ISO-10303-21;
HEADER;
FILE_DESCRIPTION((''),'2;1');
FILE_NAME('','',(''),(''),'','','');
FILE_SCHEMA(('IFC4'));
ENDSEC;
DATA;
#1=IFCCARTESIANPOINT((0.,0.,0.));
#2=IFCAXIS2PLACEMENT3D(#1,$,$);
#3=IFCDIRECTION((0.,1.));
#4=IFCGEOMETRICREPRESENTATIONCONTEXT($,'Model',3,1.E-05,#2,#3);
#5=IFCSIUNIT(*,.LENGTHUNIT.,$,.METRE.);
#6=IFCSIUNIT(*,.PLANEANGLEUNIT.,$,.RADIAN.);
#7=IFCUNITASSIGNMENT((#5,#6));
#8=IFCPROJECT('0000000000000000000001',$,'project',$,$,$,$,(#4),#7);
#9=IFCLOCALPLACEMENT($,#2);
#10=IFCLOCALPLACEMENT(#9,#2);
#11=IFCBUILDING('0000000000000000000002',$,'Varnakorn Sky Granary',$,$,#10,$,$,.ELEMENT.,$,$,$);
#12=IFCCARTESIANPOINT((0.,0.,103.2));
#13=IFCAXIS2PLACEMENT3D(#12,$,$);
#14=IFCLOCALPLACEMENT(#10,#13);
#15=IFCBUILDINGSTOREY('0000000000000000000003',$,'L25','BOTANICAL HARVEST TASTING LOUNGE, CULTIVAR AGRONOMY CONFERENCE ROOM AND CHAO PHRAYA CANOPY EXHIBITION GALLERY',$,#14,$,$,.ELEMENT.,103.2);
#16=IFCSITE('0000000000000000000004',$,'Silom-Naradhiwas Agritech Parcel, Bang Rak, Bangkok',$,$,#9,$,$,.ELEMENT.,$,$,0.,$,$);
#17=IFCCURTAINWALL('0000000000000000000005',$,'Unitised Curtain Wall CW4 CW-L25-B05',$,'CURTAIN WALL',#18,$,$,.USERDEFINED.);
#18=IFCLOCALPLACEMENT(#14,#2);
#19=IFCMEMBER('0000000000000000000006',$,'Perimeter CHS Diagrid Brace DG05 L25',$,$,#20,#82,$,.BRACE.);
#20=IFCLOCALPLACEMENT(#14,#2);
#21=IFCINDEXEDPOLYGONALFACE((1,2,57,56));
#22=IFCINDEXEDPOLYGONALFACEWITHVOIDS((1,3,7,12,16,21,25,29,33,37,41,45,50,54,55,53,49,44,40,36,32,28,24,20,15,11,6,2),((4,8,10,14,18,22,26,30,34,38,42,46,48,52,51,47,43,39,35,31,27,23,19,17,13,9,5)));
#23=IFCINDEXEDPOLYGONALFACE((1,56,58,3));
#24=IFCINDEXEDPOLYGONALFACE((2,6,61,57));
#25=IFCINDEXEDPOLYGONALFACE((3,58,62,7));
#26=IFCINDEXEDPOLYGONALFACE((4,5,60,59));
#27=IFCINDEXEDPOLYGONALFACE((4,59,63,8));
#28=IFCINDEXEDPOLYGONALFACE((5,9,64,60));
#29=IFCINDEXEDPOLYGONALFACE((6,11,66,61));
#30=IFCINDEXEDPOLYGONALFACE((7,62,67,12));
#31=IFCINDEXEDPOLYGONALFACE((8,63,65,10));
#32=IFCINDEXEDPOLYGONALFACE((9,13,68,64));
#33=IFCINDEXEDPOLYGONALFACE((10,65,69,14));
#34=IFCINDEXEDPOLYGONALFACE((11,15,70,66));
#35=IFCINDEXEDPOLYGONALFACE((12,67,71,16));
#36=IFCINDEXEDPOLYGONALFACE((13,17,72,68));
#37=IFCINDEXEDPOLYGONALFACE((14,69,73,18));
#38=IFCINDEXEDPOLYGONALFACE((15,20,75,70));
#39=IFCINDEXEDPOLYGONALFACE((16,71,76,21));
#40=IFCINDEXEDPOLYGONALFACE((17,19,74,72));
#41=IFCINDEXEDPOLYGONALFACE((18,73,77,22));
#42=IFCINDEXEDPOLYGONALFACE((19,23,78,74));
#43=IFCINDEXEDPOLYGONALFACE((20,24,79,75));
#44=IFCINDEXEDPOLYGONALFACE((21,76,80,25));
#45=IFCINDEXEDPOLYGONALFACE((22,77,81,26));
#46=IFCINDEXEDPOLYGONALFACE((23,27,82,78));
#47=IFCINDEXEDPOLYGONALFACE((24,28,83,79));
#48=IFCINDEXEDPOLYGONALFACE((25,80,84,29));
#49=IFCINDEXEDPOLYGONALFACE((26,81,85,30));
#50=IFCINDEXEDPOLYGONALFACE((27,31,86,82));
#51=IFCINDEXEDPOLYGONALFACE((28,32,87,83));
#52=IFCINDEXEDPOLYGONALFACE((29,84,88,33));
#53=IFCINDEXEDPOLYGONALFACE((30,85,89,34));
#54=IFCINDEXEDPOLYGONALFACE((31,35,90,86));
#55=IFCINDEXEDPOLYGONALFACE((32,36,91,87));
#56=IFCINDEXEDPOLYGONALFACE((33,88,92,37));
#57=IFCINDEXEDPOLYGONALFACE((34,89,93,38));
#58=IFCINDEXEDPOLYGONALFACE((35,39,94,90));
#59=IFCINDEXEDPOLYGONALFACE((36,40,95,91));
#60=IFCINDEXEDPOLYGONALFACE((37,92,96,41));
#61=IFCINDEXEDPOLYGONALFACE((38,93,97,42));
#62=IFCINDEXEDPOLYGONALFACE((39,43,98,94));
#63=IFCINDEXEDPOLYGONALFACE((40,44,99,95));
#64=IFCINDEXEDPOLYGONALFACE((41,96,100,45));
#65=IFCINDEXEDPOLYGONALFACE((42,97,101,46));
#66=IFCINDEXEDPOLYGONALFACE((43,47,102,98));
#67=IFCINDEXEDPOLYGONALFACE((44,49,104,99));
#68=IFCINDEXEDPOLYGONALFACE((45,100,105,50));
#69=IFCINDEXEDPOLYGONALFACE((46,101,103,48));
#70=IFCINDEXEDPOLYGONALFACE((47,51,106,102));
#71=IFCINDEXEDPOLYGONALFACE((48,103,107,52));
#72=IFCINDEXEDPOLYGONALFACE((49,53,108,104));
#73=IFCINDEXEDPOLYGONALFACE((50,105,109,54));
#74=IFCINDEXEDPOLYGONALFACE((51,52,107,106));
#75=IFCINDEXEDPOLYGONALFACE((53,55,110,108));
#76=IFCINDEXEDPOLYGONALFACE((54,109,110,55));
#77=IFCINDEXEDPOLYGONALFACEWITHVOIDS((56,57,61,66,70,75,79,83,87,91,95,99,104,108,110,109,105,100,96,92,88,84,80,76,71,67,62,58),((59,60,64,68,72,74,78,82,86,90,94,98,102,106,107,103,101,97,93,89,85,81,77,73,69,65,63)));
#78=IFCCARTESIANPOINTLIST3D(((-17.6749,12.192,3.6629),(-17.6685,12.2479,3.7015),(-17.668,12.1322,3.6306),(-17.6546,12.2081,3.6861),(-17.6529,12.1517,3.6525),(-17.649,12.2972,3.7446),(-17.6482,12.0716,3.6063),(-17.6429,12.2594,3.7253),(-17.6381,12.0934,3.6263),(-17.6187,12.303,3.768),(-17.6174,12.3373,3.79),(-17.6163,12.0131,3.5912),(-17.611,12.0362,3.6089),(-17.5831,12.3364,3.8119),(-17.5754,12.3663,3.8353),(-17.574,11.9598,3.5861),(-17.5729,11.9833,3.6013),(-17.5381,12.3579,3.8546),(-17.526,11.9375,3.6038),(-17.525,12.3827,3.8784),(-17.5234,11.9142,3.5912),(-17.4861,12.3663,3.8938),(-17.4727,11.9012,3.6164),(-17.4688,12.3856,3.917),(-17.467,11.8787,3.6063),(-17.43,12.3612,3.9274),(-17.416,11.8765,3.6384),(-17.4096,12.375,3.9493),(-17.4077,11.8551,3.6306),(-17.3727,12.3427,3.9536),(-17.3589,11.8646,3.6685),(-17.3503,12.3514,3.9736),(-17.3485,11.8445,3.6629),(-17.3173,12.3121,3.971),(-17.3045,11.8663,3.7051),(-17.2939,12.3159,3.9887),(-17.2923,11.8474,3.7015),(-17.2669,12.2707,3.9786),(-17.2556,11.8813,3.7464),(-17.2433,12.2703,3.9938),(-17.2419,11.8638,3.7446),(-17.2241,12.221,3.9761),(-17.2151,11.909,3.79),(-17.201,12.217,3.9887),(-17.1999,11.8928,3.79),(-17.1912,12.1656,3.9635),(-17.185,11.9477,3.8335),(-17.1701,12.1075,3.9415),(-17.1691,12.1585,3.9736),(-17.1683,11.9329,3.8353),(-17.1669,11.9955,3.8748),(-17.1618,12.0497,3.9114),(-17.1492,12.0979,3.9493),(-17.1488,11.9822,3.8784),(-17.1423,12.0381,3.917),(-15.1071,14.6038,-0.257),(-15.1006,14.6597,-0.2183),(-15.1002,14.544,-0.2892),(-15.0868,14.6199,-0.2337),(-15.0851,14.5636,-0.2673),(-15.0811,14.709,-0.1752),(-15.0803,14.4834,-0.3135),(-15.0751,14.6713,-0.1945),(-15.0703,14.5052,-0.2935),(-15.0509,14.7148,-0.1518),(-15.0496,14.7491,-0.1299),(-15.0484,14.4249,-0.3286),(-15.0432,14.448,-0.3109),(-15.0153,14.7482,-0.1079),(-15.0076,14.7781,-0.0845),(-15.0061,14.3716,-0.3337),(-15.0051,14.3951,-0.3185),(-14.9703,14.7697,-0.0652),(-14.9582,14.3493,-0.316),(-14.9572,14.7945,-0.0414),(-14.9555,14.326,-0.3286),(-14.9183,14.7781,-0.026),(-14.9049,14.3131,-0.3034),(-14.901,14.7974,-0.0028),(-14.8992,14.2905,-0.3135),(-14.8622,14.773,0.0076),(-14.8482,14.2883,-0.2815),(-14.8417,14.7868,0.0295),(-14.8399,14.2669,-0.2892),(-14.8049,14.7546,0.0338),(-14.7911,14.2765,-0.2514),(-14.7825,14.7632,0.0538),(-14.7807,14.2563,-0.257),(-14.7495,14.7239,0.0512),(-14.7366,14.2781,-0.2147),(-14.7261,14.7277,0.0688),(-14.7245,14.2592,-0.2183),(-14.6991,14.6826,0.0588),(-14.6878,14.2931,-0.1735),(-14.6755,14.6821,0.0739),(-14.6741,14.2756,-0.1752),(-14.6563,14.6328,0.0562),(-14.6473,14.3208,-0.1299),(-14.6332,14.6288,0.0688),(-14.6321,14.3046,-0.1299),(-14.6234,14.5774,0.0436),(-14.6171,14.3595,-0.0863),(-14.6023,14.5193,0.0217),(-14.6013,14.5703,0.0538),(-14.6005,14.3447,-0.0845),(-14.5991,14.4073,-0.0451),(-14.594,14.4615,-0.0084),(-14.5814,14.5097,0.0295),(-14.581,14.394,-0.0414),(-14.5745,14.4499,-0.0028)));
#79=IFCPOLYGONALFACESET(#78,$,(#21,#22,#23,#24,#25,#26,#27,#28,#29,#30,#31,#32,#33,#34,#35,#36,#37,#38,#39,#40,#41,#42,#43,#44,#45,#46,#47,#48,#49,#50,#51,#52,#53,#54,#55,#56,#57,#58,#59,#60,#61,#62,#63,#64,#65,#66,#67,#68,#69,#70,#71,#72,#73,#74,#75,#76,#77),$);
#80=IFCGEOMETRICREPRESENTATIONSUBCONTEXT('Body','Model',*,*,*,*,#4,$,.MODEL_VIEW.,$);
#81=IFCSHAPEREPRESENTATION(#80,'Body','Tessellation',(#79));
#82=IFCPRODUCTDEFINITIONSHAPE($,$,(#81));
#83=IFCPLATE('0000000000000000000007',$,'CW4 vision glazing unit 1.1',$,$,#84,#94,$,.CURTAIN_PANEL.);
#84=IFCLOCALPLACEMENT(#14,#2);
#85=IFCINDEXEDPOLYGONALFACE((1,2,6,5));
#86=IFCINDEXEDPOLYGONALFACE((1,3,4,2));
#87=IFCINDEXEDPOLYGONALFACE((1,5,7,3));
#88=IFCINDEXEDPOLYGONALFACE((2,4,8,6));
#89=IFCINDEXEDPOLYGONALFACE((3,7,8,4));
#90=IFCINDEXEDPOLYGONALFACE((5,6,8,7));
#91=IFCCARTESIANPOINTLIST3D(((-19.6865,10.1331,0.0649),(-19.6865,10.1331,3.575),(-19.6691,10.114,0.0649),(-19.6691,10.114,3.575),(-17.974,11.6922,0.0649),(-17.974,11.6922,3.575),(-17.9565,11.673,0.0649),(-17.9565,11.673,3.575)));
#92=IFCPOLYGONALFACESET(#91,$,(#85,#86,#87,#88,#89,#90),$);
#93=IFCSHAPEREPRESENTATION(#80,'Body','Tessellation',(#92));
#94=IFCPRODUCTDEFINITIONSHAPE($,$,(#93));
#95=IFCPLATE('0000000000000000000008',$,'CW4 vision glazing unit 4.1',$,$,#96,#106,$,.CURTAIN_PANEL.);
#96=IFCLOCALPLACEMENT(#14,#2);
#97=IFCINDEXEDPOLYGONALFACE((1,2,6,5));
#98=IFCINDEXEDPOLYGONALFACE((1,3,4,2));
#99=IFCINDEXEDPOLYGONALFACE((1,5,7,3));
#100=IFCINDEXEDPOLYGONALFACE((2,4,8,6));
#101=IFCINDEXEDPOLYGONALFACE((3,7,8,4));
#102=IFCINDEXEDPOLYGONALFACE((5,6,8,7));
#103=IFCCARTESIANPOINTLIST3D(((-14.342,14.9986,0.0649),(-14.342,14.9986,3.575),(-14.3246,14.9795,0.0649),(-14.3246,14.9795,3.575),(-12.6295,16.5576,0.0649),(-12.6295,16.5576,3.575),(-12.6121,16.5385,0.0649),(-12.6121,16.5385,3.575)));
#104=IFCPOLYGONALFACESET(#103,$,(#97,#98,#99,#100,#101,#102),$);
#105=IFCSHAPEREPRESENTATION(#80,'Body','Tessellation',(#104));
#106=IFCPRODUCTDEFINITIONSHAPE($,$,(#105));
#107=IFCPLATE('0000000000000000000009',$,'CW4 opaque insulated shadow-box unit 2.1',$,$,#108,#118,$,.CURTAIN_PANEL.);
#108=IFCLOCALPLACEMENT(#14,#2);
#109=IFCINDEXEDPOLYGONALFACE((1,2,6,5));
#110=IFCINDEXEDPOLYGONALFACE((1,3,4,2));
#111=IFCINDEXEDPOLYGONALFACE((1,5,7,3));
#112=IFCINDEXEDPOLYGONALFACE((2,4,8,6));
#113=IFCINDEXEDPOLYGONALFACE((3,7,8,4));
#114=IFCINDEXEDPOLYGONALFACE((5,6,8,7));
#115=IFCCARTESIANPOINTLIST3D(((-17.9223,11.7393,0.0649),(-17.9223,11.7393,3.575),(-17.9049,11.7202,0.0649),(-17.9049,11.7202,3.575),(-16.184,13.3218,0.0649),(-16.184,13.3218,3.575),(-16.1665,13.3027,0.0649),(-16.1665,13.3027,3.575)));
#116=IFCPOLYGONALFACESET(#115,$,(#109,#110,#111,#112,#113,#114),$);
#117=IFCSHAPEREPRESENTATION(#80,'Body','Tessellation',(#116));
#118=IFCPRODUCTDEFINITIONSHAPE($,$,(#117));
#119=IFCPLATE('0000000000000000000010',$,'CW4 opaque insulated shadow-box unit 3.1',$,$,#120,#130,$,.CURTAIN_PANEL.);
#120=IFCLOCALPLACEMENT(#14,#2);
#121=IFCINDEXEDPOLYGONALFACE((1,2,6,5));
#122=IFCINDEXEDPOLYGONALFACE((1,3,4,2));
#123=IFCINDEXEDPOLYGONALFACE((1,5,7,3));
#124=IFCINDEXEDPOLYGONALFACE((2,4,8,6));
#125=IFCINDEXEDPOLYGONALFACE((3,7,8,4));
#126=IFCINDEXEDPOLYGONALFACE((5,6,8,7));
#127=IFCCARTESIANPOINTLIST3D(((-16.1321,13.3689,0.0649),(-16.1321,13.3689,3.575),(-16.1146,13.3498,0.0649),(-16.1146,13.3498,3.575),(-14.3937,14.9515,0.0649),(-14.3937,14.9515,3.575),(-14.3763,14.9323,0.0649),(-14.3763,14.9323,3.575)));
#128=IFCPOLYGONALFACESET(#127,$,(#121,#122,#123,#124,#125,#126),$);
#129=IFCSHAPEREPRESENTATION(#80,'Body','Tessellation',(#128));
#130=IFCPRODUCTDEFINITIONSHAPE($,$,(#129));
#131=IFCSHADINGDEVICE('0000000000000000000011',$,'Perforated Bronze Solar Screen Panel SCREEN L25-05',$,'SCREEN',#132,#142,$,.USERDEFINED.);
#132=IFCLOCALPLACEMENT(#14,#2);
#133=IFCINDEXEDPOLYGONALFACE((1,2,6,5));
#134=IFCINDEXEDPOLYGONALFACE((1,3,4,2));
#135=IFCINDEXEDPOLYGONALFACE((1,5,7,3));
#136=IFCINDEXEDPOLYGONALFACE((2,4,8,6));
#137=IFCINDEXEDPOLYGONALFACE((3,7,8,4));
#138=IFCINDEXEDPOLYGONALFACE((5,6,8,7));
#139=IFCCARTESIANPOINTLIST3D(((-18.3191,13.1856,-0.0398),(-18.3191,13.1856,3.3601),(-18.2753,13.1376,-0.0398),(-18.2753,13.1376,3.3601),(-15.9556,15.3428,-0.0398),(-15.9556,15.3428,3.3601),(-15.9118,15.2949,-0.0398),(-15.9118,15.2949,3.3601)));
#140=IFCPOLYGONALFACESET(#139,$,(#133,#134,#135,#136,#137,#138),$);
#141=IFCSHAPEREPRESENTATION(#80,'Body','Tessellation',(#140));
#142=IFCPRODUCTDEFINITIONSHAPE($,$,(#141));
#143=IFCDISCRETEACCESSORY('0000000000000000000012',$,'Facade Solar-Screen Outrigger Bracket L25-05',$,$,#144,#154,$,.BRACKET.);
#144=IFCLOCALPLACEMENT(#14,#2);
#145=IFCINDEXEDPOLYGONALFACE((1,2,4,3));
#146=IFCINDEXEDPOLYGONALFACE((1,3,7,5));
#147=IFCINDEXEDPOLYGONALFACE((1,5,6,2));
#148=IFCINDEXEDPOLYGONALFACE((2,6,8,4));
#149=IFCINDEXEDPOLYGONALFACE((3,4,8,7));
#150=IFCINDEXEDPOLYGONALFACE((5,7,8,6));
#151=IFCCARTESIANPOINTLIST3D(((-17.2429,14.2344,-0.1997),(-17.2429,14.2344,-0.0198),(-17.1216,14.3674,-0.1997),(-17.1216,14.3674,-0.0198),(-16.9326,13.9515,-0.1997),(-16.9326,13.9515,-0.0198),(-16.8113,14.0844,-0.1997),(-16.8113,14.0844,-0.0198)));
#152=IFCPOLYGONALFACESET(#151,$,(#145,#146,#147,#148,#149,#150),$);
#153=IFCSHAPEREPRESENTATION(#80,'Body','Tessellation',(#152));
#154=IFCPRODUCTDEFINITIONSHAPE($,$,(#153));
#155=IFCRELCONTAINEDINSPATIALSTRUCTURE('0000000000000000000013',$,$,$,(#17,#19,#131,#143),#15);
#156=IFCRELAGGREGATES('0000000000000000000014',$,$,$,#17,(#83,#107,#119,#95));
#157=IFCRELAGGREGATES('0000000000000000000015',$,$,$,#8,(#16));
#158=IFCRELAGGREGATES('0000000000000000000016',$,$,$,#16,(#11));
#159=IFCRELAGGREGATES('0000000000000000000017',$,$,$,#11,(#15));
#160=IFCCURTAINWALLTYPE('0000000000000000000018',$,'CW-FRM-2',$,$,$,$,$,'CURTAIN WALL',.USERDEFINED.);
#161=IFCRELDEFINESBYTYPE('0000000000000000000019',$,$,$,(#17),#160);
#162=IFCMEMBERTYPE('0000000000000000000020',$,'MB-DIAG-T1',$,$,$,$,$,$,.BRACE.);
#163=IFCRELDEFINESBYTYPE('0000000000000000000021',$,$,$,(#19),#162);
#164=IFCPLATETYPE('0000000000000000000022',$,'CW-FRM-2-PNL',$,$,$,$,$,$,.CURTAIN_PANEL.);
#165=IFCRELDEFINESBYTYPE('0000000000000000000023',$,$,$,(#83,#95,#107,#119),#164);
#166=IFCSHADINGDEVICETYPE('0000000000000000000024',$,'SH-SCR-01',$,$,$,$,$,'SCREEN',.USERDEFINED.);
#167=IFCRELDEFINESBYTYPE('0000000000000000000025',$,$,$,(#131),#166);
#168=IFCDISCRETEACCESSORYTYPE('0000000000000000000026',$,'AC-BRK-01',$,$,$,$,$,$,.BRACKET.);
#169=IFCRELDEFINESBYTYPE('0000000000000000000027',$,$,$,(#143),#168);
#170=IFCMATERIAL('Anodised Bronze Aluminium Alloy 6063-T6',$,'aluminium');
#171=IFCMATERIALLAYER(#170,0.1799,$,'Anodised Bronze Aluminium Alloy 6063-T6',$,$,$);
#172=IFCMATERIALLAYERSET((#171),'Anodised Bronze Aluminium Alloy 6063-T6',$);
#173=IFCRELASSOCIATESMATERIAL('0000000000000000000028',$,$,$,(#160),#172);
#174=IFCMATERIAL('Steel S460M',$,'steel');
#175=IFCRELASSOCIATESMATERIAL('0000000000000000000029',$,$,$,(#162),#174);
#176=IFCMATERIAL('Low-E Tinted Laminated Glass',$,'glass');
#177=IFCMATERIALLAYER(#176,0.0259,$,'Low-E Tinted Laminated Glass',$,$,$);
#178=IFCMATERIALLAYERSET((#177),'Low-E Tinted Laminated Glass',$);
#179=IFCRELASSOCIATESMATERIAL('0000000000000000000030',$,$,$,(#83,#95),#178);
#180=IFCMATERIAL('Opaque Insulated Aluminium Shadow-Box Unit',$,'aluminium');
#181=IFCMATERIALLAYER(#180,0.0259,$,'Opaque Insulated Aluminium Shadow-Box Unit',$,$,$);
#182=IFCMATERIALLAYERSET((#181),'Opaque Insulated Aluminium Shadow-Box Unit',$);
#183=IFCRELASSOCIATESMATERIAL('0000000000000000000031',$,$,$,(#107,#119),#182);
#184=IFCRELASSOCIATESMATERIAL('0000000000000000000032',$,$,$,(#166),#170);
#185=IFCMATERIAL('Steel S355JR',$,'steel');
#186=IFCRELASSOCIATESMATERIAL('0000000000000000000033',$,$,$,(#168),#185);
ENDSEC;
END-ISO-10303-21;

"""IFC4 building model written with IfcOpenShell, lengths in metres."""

from ifc_helpers import new_model, si_unit, direction, frame, origin, origin_2d, place, context, subcontext, project, spatial, rectangle, hollow_circle, extrude, source, transform, mapped, material, layer, layer_set, material_profile, profile_set, type_object, type_shapes, element, aggregate, save


model = new_model("IFC4")

# Units and contexts
model_context = context("Model", 3, precision=1e-05, world=origin(), true_north=direction((0.0, 1.0)))
body_context = subcontext(model_context, "Body", "Model", "MODEL_VIEW")
ifc_project = project(units=[si_unit("LENGTHUNIT", "METRE"), si_unit("PLANEANGLEUNIT", "RADIAN")], contexts=[model_context])

# Site, building, storey
site_placement = place(None, origin())
site = spatial("IfcSite", under=ifc_project, at=site_placement, Name="Silom-Naradhiwas Agritech Parcel, Bang Rak, Bangkok", CompositionType="ELEMENT", RefElevation=0.0)
building_placement = place(site_placement, origin())
building = spatial("IfcBuilding", under=site, at=building_placement, Name="Varnakorn Sky Granary", CompositionType="ELEMENT")
storey_placement = place(building_placement, frame((0.0, 0.0, 103.2)))
storey = spatial("IfcBuildingStorey", under=building, at=storey_placement, Name="L25", Description="BOTANICAL HARVEST TASTING LOUNGE, CULTIVAR AGRONOMY CONFERENCE ROOM AND CHAO PHRAYA CANOPY EXHIBITION GALLERY", CompositionType="ELEMENT", Elevation=103.2)

# Shared definitions
ifc_material_1 = material(Name="Steel S460M", Category="steel")

# Shared definitions
ifc_material_2 = material(Name="Steel S355JR", Category="steel")

# Shared definitions
ifc_material_3 = material(Name="Anodised Bronze Aluminium Alloy 6063-T6", Category="aluminium")
ifc_layer_1 = layer(ifc_material_3, 0.1799, Name="Anodised Bronze Aluminium Alloy 6063-T6")
ifc_layer_set_1 = layer_set([ifc_layer_1], Name="Anodised Bronze Aluminium Alloy 6063-T6")
curtain_wall_type = type_object("IfcCurtainWallType", Name="CW-FRM-2", ElementType="CURTAIN WALL", PredefinedType="USERDEFINED", material=ifc_layer_set_1)

# Curtain wall
curtain_wall_1_placement = place(storey_placement, origin())
curtain_wall_1 = element("IfcCurtainWall", 1, at=curtain_wall_1_placement, inside=storey, type_object=curtain_wall_type, Name="Unitised Curtain Wall CW4 CW-L25-B05", ObjectType="CURTAIN WALL", PredefinedType="USERDEFINED")

# Member
ifc_material_profile_1 = material_profile(ifc_material_1, hollow_circle(Radius=0.3049, WallThickness=0.0222, at=origin_2d()), Name="CHS 610x22")
ifc_profile_set_1 = profile_set([ifc_material_profile_1], Name="Steel S460M")
member_type_1 = type_object("IfcMemberType", Name="MB-DIAG-T1", PredefinedType="BRACE", material=ifc_profile_set_1)
member_1_placement = place(storey_placement, frame((-14.8408, 14.5269, -0.1299), z_axis=(-0.487227, -0.457627, 0.743765), x_axis=(0.684619, -0.728902, 0.0)))
element("IfcMember", 2, at=member_1_placement, inside=storey, type_object=member_type_1, Name="Perimeter CHS Diagrid Brace DG05 L25", PredefinedType="BRACE", context=body_context, shape_type="SweptSolid", body=[
    extrude(hollow_circle(Radius=0.3049, WallThickness=0.0222, at=origin_2d()), origin(), (0.0, 0.0, 1.0), 5.2703),
])

# Plates
ifc_material_4 = material(Name="Low-E Tinted Laminated Glass", Category="glass")
ifc_layer_2 = layer(ifc_material_4, 0.0259, Name="Low-E Tinted Laminated Glass")
ifc_layer_set_2 = layer_set([ifc_layer_2], Name="Low-E Tinted Laminated Glass")
plate_type = type_object("IfcPlateType", Name="CW-FRM-2-PNL", PredefinedType="CURTAIN_PANEL")
shared_shape_1 = source(origin(), body_context, "Body", "SweptSolid", [
    extrude(rectangle(XDim=2.3159, YDim=0.0259, at=origin_2d()), origin(), (0.0, 0.0, 1.0), 3.51),
])
plate_1_placement = place(storey_placement, frame((-18.8215, 10.9031, 0.0649), z_axis=(0.0, 0.0, 1.0), x_axis=(0.739474, 0.673185, 0.0)))
plate_1 = element("IfcPlate", 3, at=plate_1_placement, type_object=plate_type, material=ifc_layer_set_2, Name="CW4 vision glazing unit 1.1", PredefinedType="CURTAIN_PANEL", context=body_context, shape_type="MappedRepresentation", body=[
    mapped(shared_shape_1, transform((0.0, 0.0, 0.0), x_axis=(1.0, 0.0, 0.0), y_axis=(0.0, 1.0, 0.0), z_axis=(0.0, 0.0, 1.0), scale=1.0)),
])
plate_2_placement = place(storey_placement, frame((-13.4771, 15.7686, 0.0649), z_axis=(0.0, 0.0, 1.0), x_axis=(0.739474, 0.673185, 0.0)))
plate_2 = element("IfcPlate", 4, at=plate_2_placement, type_object=plate_type, material=ifc_layer_set_2, Name="CW4 vision glazing unit 4.1", PredefinedType="CURTAIN_PANEL", context=body_context, shape_type="MappedRepresentation", body=[
    mapped(shared_shape_1, transform((0.0, 0.0, 0.0), x_axis=(1.0, 0.0, 0.0), y_axis=(0.0, 1.0, 0.0), z_axis=(0.0, 0.0, 1.0), scale=1.0)),
])
ifc_material_5 = material(Name="Opaque Insulated Aluminium Shadow-Box Unit", Category="aluminium")
ifc_layer_3 = layer(ifc_material_5, 0.0259, Name="Opaque Insulated Aluminium Shadow-Box Unit")
ifc_layer_set_3 = layer_set([ifc_layer_3], Name="Opaque Insulated Aluminium Shadow-Box Unit")
shared_shape_2 = source(origin(), body_context, "Body", "SweptSolid", [
    extrude(rectangle(XDim=2.3508, YDim=0.0259, at=origin_2d()), origin(), (0.0, 0.0, 1.0), 3.51),
])
type_shapes(plate_type, [shared_shape_1, shared_shape_2])
plate_3_placement = place(storey_placement, frame((-17.0444, 12.521, 0.0649), z_axis=(0.0, 0.0, 1.0), x_axis=(0.739474, 0.673185, 0.0)))
plate_3 = element("IfcPlate", 5, at=plate_3_placement, type_object=plate_type, material=ifc_layer_set_3, Name="CW4 opaque insulated shadow-box unit 2.1", PredefinedType="CURTAIN_PANEL", context=body_context, shape_type="MappedRepresentation", body=[
    mapped(shared_shape_2, transform((0.0, 0.0, 0.0), x_axis=(1.0, 0.0, 0.0), y_axis=(0.0, 1.0, 0.0), z_axis=(0.0, 0.0, 1.0), scale=1.0)),
])
plate_4_placement = place(storey_placement, frame((-15.2542, 14.1506, 0.0649), z_axis=(0.0, 0.0, 1.0), x_axis=(0.739474, 0.673185, 0.0)))
plate_4 = element("IfcPlate", 6, at=plate_4_placement, type_object=plate_type, material=ifc_layer_set_3, Name="CW4 opaque insulated shadow-box unit 3.1", PredefinedType="CURTAIN_PANEL", context=body_context, shape_type="MappedRepresentation", body=[
    mapped(shared_shape_2, transform((0.0, 0.0, 0.0), x_axis=(1.0, 0.0, 0.0), y_axis=(0.0, 1.0, 0.0), z_axis=(0.0, 0.0, 1.0), scale=1.0)),
])
aggregate(curtain_wall_1, [plate_1, plate_3, plate_4, plate_2])

# Shading device
shading_device_type = type_object("IfcShadingDeviceType", Name="SH-SCR-01", ElementType="SCREEN", PredefinedType="USERDEFINED", material=ifc_material_3)
shared_shape_3 = source(origin(), body_context, "Body", "SweptSolid", [
    extrude(rectangle(XDim=3.2, YDim=0.0649, at=origin_2d()), origin(), (0.0, 0.0, 1.0), 3.3999),
])
type_shapes(shading_device_type, [shared_shape_3])
shading_device_placement = place(storey_placement, frame((-17.1155, 14.2402, -0.0398), z_axis=(0.0, 0.0, 1.0), x_axis=(-0.7386, -0.674144, 0.0)))
element("IfcShadingDevice", 7, at=shading_device_placement, inside=storey, type_object=shading_device_type, Name="Perforated Bronze Solar Screen Panel SCREEN L25-05", ObjectType="SCREEN", PredefinedType="USERDEFINED", context=body_context, shape_type="MappedRepresentation", body=[
    mapped(shared_shape_3, transform((0.0, 0.0, 0.0), x_axis=(1.0, 0.0, 0.0), y_axis=(0.0, 1.0, 0.0), z_axis=(0.0, 0.0, 1.0), scale=1.0)),
])

# Discrete accessory
discrete_accessory_type = type_object("IfcDiscreteAccessoryType", Name="AC-BRK-01", PredefinedType="BRACKET", material=ifc_material_2)
shared_shape_4 = source(origin(), body_context, "Body", "SweptSolid", [
    extrude(rectangle(XDim=0.1799, YDim=0.4199, at=origin_2d()), origin(), (0.0, 0.0, 1.0), 0.1799),
])
type_shapes(discrete_accessory_type, [shared_shape_4])
discrete_accessory_placement = place(storey_placement, frame((-17.0271, 14.1594, -0.1997), z_axis=(0.0, 0.0, 1.0), x_axis=(-0.673817, -0.738899, 0.0)))
element("IfcDiscreteAccessory", 8, at=discrete_accessory_placement, inside=storey, type_object=discrete_accessory_type, Name="Facade Solar-Screen Outrigger Bracket L25-05", PredefinedType="BRACKET", context=body_context, shape_type="MappedRepresentation", body=[
    mapped(shared_shape_4, transform((0.0, 0.0, 0.0), x_axis=(1.0, 0.0, 0.0), y_axis=(0.0, 1.0, 0.0), z_axis=(0.0, 0.0, 1.0), scale=1.0)),
])

save(model, "model.ifc")
